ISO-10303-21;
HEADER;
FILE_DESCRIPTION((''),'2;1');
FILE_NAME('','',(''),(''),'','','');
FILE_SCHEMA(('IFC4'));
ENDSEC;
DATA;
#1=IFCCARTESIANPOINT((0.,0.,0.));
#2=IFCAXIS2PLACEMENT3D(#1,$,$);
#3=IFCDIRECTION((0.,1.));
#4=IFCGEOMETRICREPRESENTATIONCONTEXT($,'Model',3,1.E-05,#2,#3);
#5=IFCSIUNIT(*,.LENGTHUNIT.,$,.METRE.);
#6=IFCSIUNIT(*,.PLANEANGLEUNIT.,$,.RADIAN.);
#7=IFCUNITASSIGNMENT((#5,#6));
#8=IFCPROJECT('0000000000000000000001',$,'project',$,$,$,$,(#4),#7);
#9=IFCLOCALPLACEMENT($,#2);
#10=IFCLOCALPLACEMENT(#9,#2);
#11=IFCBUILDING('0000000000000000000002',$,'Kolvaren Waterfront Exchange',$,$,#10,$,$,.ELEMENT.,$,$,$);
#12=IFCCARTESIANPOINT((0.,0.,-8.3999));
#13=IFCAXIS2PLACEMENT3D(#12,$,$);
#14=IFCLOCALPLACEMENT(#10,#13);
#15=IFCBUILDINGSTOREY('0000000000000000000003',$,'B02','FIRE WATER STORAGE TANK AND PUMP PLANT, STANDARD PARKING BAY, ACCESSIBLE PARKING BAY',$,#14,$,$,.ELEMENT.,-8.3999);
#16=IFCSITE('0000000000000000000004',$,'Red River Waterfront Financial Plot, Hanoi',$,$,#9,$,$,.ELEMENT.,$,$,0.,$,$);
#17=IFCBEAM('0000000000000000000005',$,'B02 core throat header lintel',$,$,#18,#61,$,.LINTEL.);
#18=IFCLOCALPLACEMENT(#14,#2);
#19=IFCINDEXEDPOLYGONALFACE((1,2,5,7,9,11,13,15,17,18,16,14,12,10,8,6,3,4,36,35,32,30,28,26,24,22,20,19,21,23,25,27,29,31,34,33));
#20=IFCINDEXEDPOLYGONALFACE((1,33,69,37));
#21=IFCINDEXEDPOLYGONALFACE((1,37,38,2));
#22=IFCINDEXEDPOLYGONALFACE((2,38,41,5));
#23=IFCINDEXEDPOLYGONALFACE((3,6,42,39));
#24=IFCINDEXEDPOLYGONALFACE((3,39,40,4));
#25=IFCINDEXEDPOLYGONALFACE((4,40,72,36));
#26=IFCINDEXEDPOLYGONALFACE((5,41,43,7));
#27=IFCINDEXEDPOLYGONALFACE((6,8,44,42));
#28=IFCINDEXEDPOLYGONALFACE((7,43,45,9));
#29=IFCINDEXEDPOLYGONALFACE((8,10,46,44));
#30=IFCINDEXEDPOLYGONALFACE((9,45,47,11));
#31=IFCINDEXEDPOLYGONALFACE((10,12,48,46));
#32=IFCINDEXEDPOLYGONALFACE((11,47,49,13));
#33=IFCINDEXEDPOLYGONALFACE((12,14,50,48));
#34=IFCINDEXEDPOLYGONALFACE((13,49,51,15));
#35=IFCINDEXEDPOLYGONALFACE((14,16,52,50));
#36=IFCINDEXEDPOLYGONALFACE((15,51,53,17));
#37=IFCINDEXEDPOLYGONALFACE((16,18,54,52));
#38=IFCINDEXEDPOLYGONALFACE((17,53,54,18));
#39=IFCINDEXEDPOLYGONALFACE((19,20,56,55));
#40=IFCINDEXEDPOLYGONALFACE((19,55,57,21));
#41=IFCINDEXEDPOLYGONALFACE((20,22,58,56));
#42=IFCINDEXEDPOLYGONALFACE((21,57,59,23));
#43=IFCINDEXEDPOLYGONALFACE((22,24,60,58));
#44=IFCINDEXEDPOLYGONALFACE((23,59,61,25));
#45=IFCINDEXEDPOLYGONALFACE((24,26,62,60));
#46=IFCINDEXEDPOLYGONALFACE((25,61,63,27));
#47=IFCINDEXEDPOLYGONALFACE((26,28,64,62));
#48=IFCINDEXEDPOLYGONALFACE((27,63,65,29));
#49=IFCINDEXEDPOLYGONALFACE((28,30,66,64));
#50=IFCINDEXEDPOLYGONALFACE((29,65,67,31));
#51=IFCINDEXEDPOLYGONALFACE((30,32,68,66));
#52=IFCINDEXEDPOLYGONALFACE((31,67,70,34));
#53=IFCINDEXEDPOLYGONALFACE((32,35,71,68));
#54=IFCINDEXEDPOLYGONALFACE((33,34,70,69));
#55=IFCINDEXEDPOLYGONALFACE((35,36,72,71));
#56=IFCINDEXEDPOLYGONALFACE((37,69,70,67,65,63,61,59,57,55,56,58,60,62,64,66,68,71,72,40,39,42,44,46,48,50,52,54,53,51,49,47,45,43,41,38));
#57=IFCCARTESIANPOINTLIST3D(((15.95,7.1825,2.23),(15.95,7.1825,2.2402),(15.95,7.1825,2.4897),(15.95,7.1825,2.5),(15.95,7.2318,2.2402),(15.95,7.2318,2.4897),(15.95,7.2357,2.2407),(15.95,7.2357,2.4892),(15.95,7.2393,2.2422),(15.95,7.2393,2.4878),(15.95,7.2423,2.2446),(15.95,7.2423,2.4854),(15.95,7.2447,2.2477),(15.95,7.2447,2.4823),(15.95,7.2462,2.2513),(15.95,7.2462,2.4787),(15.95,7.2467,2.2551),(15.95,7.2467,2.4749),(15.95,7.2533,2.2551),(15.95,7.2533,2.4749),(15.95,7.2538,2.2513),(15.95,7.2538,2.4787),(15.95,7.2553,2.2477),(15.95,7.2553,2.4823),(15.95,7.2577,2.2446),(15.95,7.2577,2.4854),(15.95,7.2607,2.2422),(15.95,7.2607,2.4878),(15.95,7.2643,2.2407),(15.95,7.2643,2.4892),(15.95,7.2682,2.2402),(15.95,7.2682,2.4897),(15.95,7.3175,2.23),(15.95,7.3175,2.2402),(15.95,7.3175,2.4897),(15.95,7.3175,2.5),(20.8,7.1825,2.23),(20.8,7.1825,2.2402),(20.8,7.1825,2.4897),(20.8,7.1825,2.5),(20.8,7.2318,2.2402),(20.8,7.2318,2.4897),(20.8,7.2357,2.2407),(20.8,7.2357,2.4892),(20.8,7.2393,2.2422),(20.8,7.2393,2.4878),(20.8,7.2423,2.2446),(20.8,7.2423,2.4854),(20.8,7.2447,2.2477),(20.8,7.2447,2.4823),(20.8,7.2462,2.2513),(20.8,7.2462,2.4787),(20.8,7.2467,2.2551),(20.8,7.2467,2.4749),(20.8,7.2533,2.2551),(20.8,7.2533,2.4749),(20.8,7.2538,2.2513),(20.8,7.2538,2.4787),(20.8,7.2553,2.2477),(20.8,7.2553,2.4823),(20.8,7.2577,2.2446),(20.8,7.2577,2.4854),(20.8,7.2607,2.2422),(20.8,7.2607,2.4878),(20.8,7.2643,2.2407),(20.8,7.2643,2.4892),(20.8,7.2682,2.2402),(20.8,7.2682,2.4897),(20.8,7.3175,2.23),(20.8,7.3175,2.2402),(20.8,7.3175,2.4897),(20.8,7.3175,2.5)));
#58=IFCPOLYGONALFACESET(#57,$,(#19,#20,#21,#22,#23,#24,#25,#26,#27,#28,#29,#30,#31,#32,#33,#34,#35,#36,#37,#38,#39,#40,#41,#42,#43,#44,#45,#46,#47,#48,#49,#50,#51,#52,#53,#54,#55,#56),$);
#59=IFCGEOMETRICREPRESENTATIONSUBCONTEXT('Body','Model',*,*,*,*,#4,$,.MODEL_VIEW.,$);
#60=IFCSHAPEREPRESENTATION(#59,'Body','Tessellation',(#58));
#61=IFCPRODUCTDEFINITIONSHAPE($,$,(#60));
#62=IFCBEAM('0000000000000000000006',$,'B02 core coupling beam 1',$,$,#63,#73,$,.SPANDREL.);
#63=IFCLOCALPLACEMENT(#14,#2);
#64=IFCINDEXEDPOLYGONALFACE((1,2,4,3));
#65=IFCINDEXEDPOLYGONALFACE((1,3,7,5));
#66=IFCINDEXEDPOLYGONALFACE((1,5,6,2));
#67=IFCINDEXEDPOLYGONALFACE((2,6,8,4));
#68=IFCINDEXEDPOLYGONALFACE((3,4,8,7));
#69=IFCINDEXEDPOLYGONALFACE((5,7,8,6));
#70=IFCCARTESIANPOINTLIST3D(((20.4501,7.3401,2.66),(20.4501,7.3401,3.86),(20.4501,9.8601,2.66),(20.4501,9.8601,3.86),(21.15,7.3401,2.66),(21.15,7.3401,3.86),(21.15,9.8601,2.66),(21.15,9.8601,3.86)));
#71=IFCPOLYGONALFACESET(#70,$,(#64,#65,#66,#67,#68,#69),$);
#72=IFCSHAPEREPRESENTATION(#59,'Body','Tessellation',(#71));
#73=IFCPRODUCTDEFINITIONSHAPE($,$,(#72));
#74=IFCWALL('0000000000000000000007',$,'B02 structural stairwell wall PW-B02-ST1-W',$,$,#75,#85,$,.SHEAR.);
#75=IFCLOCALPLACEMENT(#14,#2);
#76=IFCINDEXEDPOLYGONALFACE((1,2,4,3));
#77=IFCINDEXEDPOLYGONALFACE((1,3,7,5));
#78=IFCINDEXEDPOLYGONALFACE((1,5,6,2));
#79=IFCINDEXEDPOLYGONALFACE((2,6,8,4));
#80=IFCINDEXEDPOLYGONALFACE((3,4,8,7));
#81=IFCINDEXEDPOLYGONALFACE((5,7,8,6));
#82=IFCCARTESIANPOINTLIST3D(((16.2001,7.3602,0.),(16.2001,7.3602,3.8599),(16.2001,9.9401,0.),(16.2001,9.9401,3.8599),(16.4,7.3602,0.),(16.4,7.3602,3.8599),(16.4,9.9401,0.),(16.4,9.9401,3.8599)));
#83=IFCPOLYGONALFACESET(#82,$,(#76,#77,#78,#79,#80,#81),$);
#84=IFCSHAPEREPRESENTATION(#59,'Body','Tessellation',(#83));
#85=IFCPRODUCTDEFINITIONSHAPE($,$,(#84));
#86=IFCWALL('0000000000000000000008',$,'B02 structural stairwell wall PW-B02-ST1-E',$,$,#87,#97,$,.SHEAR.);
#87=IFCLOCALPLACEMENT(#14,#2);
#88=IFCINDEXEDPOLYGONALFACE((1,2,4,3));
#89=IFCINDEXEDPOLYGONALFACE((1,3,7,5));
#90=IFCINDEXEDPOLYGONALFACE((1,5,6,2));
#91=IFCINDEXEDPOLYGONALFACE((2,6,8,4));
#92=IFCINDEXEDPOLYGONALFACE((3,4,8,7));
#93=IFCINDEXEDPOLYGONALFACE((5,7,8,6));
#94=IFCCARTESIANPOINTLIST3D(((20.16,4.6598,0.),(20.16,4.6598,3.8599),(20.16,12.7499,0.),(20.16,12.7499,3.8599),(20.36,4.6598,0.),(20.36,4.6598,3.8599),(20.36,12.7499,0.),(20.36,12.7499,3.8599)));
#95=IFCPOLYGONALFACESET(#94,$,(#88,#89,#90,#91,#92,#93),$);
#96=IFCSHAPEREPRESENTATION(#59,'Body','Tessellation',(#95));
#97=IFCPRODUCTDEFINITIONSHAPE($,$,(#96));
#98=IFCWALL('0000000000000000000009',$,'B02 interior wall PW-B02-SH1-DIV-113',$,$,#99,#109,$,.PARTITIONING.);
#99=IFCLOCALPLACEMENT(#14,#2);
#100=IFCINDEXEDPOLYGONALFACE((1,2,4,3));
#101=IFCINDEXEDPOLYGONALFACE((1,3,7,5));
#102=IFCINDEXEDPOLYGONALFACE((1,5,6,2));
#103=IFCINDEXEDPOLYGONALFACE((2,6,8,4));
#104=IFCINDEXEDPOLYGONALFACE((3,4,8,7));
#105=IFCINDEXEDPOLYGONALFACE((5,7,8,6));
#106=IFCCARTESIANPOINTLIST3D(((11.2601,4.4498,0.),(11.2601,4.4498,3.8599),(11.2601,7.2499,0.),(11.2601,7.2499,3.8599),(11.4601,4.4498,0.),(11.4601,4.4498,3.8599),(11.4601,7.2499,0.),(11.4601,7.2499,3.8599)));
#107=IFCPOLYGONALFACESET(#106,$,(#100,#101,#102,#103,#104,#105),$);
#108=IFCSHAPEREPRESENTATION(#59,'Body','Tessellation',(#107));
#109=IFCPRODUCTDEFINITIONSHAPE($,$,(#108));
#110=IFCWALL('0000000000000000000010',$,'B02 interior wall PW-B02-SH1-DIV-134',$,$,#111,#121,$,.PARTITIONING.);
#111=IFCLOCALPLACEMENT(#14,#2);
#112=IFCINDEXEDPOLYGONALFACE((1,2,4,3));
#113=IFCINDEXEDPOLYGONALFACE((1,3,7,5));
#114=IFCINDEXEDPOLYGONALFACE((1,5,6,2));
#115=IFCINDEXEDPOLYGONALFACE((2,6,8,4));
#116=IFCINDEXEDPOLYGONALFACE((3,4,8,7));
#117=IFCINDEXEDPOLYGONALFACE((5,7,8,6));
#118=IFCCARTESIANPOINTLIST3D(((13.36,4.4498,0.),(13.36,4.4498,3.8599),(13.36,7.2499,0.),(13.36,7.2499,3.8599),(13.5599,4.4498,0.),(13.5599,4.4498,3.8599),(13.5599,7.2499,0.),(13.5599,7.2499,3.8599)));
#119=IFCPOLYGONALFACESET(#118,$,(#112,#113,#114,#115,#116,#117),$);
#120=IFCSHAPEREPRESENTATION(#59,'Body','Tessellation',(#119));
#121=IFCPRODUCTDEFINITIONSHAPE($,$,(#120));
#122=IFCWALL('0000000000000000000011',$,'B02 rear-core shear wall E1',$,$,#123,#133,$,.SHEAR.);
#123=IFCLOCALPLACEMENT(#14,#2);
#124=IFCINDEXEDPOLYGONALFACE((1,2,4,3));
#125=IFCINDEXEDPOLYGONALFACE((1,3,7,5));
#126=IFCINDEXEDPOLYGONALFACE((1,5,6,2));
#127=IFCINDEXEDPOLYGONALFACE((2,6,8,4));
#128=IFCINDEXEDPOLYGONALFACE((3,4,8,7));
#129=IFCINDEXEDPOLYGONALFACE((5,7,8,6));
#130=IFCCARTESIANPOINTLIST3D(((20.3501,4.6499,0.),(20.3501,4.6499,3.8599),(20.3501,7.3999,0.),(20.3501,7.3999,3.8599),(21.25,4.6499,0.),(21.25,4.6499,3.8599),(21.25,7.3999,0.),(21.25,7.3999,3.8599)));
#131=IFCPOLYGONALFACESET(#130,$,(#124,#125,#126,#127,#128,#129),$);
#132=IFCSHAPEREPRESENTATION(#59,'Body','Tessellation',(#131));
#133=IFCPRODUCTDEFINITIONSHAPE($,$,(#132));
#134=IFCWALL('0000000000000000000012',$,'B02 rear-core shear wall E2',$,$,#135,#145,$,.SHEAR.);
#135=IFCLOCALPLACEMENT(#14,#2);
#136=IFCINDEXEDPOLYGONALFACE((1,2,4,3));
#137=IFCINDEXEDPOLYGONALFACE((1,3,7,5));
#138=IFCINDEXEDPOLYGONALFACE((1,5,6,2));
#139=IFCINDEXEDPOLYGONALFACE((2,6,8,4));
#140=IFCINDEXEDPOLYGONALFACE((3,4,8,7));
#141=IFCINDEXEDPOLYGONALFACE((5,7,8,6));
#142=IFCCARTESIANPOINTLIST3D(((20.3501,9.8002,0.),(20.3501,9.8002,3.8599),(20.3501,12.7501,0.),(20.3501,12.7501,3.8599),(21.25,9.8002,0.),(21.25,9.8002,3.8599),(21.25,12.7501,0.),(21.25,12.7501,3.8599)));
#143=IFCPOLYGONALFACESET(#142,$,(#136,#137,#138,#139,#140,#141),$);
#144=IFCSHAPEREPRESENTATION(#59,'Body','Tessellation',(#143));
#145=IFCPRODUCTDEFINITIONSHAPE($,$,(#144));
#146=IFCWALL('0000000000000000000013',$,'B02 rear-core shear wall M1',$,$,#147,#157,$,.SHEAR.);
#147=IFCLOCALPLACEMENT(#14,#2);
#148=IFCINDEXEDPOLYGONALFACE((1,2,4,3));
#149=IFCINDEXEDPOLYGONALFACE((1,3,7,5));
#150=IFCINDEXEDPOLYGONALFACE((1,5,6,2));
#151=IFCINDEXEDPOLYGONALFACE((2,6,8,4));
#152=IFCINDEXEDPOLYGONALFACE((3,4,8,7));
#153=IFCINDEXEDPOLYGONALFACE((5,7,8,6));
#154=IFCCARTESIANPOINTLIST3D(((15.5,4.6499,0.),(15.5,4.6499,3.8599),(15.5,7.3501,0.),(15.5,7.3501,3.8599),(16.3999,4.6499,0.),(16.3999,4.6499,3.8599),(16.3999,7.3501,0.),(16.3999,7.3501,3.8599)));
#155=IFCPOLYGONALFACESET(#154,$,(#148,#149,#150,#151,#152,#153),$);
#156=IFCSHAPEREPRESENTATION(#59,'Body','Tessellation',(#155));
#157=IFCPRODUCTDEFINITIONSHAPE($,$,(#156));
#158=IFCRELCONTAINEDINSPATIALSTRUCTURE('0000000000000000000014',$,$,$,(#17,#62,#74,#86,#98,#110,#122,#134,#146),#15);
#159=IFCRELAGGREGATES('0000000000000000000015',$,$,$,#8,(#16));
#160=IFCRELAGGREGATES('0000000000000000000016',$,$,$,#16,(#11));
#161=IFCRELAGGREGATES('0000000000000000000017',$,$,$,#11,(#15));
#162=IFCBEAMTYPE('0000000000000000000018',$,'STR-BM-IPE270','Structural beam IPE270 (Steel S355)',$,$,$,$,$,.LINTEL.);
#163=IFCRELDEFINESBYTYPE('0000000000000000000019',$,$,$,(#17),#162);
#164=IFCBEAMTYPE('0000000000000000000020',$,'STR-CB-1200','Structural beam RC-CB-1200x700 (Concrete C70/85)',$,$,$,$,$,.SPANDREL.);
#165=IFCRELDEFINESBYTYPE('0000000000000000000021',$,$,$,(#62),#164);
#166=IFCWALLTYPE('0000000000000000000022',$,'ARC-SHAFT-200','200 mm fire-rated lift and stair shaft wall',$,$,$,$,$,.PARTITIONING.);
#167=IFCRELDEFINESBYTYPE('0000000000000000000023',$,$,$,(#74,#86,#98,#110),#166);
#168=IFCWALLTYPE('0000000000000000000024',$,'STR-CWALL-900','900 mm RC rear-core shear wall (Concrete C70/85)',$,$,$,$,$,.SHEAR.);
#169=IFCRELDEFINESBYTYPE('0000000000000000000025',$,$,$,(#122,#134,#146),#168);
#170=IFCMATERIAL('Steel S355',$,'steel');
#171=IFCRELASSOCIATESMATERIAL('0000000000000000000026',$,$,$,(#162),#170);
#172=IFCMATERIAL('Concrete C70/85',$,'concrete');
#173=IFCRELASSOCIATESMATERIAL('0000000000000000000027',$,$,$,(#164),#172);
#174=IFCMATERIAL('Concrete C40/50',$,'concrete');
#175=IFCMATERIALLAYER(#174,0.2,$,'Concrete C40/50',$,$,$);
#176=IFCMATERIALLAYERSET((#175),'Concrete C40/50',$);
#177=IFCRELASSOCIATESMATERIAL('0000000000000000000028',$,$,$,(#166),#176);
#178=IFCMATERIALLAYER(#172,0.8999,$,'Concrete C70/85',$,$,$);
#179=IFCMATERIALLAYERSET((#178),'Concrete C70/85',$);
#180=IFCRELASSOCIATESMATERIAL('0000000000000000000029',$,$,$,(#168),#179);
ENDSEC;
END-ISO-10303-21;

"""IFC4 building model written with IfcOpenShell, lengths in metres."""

from ifc_helpers import new_model, si_unit, direction, frame, frame_2d, origin, origin_2d, place, context, subcontext, project, spatial, rectangle, i_section, extrude, material, layer, layer_set, material_profile, profile_set, type_object, element, save


model = new_model("IFC4")

# Units and contexts
model_context = context("Model", 3, precision=1e-05, world=origin(), true_north=direction((0.0, 1.0)))
body_context = subcontext(model_context, "Body", "Model", "MODEL_VIEW")
ifc_project = project(units=[si_unit("LENGTHUNIT", "METRE"), si_unit("PLANEANGLEUNIT", "RADIAN")], contexts=[model_context])

# Site, building, storey
site_placement = place(None, origin())
site = spatial("IfcSite", under=ifc_project, at=site_placement, Name="Red River Waterfront Financial Plot, Hanoi", CompositionType="ELEMENT", RefElevation=0.0)
building_placement = place(site_placement, origin())
building = spatial("IfcBuilding", under=site, at=building_placement, Name="Kolvaren Waterfront Exchange", CompositionType="ELEMENT")
storey_placement = place(building_placement, frame((0.0, 0.0, -8.3999)))
storey = spatial("IfcBuildingStorey", under=building, at=storey_placement, Name="B02", Description="FIRE WATER STORAGE TANK AND PUMP PLANT, STANDARD PARKING BAY, ACCESSIBLE PARKING BAY", CompositionType="ELEMENT", Elevation=-8.3999)

# Shared definitions
ifc_material_1 = material(Name="Concrete C40/50", Category="concrete")

# Shared definitions
ifc_material_2 = material(Name="Concrete C70/85", Category="concrete")

# Beams
ifc_material_3 = material(Name="Steel S355", Category="steel")
ifc_material_profile_1 = material_profile(ifc_material_3, i_section(OverallWidth=0.135, OverallDepth=0.27, WebThickness=0.0066, FlangeThickness=0.0103, FilletRadius=0.0149, at=origin_2d()), Name="IPE270")
ifc_profile_set_1 = profile_set([ifc_material_profile_1], Name="Steel S355")
beam_type_1 = type_object("IfcBeamType", Name="STR-BM-IPE270", Description="Structural beam IPE270 (Steel S355)", PredefinedType="LINTEL", material=ifc_profile_set_1)
beam_1_placement = place(storey_placement, frame((15.95, 7.25, 2.365), z_axis=(1.0, 0.0, 0.0), x_axis=(0.0, 1.0, 0.0)))
element("IfcBeam", 1, at=beam_1_placement, inside=storey, type_object=beam_type_1, Name="B02 core throat header lintel", PredefinedType="LINTEL", context=body_context, shape_type="SweptSolid", body=[
    extrude(i_section(OverallWidth=0.135, OverallDepth=0.27, WebThickness=0.0066, FlangeThickness=0.0103, FilletRadius=0.0149, at=origin_2d()), origin(), (0.0, 0.0, 1.0), 4.8501),
])
ifc_material_profile_2 = material_profile(ifc_material_2, rectangle(XDim=0.7, YDim=1.2, at=origin_2d()), Name="RC-CB-1200x700")
ifc_profile_set_2 = profile_set([ifc_material_profile_2], Name="Concrete C70/85")
beam_type_2 = type_object("IfcBeamType", Name="STR-CB-1200", Description="Structural beam RC-CB-1200x700 (Concrete C70/85)", PredefinedType="SPANDREL", material=ifc_profile_set_2)
beam_2_placement = place(storey_placement, frame((20.8, 7.3401, 3.26), z_axis=(0.0, 1.0, 0.0), x_axis=(-1.0, 0.0, 0.0)))
element("IfcBeam", 2, at=beam_2_placement, inside=storey, type_object=beam_type_2, Name="B02 core coupling beam 1", PredefinedType="SPANDREL", context=body_context, shape_type="SweptSolid", body=[
    extrude(rectangle(XDim=0.7, YDim=1.2, at=origin_2d()), origin(), (0.0, 0.0, 1.0), 2.52),
])

# Walls
ifc_layer_1 = layer(ifc_material_1, 0.2, Name="Concrete C40/50")
ifc_layer_set_1 = layer_set([ifc_layer_1], Name="Concrete C40/50")
wall_type_1 = type_object("IfcWallType", Name="ARC-SHAFT-200", Description="200 mm fire-rated lift and stair shaft wall", PredefinedType="PARTITIONING", material=ifc_layer_set_1)
wall_1_placement = place(storey_placement, frame((16.3, 7.3601, 0.0), z_axis=(0.0, 0.0, 1.0), x_axis=(0.0, 1.0, 0.0)))
element("IfcWall", 3, at=wall_1_placement, inside=storey, type_object=wall_type_1, Name="B02 structural stairwell wall PW-B02-ST1-W", PredefinedType="SHEAR", context=body_context, shape_type="SweptSolid", body=[
    extrude(rectangle(XDim=2.5798, YDim=0.2, at=frame_2d((1.29, 0.0))), origin(), (0.0, 0.0, 1.0), 3.8599),
])
wall_2_placement = place(storey_placement, frame((20.26, 4.6599, 0.0), z_axis=(0.0, 0.0, 1.0), x_axis=(0.0, 1.0, 0.0)))
element("IfcWall", 4, at=wall_2_placement, inside=storey, type_object=wall_type_1, Name="B02 structural stairwell wall PW-B02-ST1-E", PredefinedType="SHEAR", context=body_context, shape_type="SweptSolid", body=[
    extrude(rectangle(XDim=8.0901, YDim=0.2, at=frame_2d((4.0449, 0.0))), origin(), (0.0, 0.0, 1.0), 3.8599),
])
for number, where, z_axis, x_axis, name in (
    (5, (11.3601, 4.45, 0.0), (0.0, 0.0, 1.0), (0.0, 1.0, 0.0), "B02 interior wall PW-B02-SH1-DIV-113"),
    (6, (13.46, 4.45, 0.0), (0.0, 0.0, 1.0), (0.0, 1.0, 0.0), "B02 interior wall PW-B02-SH1-DIV-134"),
):
    element("IfcWall", number, at=place(storey_placement, frame(where, z_axis=z_axis, x_axis=x_axis)), inside=storey, type_object=wall_type_1, Name=name, PredefinedType="PARTITIONING", context=body_context, shape_type="SweptSolid", body=[
        extrude(rectangle(XDim=2.8, YDim=0.2, at=frame_2d((1.3999, 0.0))), origin(), (0.0, 0.0, 1.0), 3.8599),
    ])
ifc_layer_2 = layer(ifc_material_2, 0.8999, Name="Concrete C70/85")
ifc_layer_set_2 = layer_set([ifc_layer_2], Name="Concrete C70/85")
wall_type_2 = type_object("IfcWallType", Name="STR-CWALL-900", Description="900 mm RC rear-core shear wall (Concrete C70/85)", PredefinedType="SHEAR", material=ifc_layer_set_2)
wall_3_placement = place(storey_placement, frame((20.8, 4.6499, 0.0), z_axis=(0.0, 0.0, 1.0), x_axis=(0.0, 1.0, 0.0)))
element("IfcWall", 7, at=wall_3_placement, inside=storey, type_object=wall_type_2, Name="B02 rear-core shear wall E1", PredefinedType="SHEAR", context=body_context, shape_type="SweptSolid", body=[
    extrude(rectangle(XDim=2.75, YDim=0.8999, at=frame_2d((1.375, 0.0))), origin(), (0.0, 0.0, 1.0), 3.8599),
])
wall_4_placement = place(storey_placement, frame((20.8, 9.8, 0.0), z_axis=(0.0, 0.0, 1.0), x_axis=(0.0, 1.0, 0.0)))
element("IfcWall", 8, at=wall_4_placement, inside=storey, type_object=wall_type_2, Name="B02 rear-core shear wall E2", PredefinedType="SHEAR", context=body_context, shape_type="SweptSolid", body=[
    extrude(rectangle(XDim=2.95, YDim=0.8999, at=frame_2d((1.4751, 0.0))), origin(), (0.0, 0.0, 1.0), 3.8599),
])
wall_5_placement = place(storey_placement, frame((15.95, 4.6499, 0.0), z_axis=(0.0, 0.0, 1.0), x_axis=(0.0, 1.0, 0.0)))
element("IfcWall", 9, at=wall_5_placement, inside=storey, type_object=wall_type_2, Name="B02 rear-core shear wall M1", PredefinedType="SHEAR", context=body_context, shape_type="SweptSolid", body=[
    extrude(rectangle(XDim=2.7002, YDim=0.8999, at=frame_2d((1.3501, 0.0))), origin(), (0.0, 0.0, 1.0), 3.8599),
])

save(model, "model.ifc")
